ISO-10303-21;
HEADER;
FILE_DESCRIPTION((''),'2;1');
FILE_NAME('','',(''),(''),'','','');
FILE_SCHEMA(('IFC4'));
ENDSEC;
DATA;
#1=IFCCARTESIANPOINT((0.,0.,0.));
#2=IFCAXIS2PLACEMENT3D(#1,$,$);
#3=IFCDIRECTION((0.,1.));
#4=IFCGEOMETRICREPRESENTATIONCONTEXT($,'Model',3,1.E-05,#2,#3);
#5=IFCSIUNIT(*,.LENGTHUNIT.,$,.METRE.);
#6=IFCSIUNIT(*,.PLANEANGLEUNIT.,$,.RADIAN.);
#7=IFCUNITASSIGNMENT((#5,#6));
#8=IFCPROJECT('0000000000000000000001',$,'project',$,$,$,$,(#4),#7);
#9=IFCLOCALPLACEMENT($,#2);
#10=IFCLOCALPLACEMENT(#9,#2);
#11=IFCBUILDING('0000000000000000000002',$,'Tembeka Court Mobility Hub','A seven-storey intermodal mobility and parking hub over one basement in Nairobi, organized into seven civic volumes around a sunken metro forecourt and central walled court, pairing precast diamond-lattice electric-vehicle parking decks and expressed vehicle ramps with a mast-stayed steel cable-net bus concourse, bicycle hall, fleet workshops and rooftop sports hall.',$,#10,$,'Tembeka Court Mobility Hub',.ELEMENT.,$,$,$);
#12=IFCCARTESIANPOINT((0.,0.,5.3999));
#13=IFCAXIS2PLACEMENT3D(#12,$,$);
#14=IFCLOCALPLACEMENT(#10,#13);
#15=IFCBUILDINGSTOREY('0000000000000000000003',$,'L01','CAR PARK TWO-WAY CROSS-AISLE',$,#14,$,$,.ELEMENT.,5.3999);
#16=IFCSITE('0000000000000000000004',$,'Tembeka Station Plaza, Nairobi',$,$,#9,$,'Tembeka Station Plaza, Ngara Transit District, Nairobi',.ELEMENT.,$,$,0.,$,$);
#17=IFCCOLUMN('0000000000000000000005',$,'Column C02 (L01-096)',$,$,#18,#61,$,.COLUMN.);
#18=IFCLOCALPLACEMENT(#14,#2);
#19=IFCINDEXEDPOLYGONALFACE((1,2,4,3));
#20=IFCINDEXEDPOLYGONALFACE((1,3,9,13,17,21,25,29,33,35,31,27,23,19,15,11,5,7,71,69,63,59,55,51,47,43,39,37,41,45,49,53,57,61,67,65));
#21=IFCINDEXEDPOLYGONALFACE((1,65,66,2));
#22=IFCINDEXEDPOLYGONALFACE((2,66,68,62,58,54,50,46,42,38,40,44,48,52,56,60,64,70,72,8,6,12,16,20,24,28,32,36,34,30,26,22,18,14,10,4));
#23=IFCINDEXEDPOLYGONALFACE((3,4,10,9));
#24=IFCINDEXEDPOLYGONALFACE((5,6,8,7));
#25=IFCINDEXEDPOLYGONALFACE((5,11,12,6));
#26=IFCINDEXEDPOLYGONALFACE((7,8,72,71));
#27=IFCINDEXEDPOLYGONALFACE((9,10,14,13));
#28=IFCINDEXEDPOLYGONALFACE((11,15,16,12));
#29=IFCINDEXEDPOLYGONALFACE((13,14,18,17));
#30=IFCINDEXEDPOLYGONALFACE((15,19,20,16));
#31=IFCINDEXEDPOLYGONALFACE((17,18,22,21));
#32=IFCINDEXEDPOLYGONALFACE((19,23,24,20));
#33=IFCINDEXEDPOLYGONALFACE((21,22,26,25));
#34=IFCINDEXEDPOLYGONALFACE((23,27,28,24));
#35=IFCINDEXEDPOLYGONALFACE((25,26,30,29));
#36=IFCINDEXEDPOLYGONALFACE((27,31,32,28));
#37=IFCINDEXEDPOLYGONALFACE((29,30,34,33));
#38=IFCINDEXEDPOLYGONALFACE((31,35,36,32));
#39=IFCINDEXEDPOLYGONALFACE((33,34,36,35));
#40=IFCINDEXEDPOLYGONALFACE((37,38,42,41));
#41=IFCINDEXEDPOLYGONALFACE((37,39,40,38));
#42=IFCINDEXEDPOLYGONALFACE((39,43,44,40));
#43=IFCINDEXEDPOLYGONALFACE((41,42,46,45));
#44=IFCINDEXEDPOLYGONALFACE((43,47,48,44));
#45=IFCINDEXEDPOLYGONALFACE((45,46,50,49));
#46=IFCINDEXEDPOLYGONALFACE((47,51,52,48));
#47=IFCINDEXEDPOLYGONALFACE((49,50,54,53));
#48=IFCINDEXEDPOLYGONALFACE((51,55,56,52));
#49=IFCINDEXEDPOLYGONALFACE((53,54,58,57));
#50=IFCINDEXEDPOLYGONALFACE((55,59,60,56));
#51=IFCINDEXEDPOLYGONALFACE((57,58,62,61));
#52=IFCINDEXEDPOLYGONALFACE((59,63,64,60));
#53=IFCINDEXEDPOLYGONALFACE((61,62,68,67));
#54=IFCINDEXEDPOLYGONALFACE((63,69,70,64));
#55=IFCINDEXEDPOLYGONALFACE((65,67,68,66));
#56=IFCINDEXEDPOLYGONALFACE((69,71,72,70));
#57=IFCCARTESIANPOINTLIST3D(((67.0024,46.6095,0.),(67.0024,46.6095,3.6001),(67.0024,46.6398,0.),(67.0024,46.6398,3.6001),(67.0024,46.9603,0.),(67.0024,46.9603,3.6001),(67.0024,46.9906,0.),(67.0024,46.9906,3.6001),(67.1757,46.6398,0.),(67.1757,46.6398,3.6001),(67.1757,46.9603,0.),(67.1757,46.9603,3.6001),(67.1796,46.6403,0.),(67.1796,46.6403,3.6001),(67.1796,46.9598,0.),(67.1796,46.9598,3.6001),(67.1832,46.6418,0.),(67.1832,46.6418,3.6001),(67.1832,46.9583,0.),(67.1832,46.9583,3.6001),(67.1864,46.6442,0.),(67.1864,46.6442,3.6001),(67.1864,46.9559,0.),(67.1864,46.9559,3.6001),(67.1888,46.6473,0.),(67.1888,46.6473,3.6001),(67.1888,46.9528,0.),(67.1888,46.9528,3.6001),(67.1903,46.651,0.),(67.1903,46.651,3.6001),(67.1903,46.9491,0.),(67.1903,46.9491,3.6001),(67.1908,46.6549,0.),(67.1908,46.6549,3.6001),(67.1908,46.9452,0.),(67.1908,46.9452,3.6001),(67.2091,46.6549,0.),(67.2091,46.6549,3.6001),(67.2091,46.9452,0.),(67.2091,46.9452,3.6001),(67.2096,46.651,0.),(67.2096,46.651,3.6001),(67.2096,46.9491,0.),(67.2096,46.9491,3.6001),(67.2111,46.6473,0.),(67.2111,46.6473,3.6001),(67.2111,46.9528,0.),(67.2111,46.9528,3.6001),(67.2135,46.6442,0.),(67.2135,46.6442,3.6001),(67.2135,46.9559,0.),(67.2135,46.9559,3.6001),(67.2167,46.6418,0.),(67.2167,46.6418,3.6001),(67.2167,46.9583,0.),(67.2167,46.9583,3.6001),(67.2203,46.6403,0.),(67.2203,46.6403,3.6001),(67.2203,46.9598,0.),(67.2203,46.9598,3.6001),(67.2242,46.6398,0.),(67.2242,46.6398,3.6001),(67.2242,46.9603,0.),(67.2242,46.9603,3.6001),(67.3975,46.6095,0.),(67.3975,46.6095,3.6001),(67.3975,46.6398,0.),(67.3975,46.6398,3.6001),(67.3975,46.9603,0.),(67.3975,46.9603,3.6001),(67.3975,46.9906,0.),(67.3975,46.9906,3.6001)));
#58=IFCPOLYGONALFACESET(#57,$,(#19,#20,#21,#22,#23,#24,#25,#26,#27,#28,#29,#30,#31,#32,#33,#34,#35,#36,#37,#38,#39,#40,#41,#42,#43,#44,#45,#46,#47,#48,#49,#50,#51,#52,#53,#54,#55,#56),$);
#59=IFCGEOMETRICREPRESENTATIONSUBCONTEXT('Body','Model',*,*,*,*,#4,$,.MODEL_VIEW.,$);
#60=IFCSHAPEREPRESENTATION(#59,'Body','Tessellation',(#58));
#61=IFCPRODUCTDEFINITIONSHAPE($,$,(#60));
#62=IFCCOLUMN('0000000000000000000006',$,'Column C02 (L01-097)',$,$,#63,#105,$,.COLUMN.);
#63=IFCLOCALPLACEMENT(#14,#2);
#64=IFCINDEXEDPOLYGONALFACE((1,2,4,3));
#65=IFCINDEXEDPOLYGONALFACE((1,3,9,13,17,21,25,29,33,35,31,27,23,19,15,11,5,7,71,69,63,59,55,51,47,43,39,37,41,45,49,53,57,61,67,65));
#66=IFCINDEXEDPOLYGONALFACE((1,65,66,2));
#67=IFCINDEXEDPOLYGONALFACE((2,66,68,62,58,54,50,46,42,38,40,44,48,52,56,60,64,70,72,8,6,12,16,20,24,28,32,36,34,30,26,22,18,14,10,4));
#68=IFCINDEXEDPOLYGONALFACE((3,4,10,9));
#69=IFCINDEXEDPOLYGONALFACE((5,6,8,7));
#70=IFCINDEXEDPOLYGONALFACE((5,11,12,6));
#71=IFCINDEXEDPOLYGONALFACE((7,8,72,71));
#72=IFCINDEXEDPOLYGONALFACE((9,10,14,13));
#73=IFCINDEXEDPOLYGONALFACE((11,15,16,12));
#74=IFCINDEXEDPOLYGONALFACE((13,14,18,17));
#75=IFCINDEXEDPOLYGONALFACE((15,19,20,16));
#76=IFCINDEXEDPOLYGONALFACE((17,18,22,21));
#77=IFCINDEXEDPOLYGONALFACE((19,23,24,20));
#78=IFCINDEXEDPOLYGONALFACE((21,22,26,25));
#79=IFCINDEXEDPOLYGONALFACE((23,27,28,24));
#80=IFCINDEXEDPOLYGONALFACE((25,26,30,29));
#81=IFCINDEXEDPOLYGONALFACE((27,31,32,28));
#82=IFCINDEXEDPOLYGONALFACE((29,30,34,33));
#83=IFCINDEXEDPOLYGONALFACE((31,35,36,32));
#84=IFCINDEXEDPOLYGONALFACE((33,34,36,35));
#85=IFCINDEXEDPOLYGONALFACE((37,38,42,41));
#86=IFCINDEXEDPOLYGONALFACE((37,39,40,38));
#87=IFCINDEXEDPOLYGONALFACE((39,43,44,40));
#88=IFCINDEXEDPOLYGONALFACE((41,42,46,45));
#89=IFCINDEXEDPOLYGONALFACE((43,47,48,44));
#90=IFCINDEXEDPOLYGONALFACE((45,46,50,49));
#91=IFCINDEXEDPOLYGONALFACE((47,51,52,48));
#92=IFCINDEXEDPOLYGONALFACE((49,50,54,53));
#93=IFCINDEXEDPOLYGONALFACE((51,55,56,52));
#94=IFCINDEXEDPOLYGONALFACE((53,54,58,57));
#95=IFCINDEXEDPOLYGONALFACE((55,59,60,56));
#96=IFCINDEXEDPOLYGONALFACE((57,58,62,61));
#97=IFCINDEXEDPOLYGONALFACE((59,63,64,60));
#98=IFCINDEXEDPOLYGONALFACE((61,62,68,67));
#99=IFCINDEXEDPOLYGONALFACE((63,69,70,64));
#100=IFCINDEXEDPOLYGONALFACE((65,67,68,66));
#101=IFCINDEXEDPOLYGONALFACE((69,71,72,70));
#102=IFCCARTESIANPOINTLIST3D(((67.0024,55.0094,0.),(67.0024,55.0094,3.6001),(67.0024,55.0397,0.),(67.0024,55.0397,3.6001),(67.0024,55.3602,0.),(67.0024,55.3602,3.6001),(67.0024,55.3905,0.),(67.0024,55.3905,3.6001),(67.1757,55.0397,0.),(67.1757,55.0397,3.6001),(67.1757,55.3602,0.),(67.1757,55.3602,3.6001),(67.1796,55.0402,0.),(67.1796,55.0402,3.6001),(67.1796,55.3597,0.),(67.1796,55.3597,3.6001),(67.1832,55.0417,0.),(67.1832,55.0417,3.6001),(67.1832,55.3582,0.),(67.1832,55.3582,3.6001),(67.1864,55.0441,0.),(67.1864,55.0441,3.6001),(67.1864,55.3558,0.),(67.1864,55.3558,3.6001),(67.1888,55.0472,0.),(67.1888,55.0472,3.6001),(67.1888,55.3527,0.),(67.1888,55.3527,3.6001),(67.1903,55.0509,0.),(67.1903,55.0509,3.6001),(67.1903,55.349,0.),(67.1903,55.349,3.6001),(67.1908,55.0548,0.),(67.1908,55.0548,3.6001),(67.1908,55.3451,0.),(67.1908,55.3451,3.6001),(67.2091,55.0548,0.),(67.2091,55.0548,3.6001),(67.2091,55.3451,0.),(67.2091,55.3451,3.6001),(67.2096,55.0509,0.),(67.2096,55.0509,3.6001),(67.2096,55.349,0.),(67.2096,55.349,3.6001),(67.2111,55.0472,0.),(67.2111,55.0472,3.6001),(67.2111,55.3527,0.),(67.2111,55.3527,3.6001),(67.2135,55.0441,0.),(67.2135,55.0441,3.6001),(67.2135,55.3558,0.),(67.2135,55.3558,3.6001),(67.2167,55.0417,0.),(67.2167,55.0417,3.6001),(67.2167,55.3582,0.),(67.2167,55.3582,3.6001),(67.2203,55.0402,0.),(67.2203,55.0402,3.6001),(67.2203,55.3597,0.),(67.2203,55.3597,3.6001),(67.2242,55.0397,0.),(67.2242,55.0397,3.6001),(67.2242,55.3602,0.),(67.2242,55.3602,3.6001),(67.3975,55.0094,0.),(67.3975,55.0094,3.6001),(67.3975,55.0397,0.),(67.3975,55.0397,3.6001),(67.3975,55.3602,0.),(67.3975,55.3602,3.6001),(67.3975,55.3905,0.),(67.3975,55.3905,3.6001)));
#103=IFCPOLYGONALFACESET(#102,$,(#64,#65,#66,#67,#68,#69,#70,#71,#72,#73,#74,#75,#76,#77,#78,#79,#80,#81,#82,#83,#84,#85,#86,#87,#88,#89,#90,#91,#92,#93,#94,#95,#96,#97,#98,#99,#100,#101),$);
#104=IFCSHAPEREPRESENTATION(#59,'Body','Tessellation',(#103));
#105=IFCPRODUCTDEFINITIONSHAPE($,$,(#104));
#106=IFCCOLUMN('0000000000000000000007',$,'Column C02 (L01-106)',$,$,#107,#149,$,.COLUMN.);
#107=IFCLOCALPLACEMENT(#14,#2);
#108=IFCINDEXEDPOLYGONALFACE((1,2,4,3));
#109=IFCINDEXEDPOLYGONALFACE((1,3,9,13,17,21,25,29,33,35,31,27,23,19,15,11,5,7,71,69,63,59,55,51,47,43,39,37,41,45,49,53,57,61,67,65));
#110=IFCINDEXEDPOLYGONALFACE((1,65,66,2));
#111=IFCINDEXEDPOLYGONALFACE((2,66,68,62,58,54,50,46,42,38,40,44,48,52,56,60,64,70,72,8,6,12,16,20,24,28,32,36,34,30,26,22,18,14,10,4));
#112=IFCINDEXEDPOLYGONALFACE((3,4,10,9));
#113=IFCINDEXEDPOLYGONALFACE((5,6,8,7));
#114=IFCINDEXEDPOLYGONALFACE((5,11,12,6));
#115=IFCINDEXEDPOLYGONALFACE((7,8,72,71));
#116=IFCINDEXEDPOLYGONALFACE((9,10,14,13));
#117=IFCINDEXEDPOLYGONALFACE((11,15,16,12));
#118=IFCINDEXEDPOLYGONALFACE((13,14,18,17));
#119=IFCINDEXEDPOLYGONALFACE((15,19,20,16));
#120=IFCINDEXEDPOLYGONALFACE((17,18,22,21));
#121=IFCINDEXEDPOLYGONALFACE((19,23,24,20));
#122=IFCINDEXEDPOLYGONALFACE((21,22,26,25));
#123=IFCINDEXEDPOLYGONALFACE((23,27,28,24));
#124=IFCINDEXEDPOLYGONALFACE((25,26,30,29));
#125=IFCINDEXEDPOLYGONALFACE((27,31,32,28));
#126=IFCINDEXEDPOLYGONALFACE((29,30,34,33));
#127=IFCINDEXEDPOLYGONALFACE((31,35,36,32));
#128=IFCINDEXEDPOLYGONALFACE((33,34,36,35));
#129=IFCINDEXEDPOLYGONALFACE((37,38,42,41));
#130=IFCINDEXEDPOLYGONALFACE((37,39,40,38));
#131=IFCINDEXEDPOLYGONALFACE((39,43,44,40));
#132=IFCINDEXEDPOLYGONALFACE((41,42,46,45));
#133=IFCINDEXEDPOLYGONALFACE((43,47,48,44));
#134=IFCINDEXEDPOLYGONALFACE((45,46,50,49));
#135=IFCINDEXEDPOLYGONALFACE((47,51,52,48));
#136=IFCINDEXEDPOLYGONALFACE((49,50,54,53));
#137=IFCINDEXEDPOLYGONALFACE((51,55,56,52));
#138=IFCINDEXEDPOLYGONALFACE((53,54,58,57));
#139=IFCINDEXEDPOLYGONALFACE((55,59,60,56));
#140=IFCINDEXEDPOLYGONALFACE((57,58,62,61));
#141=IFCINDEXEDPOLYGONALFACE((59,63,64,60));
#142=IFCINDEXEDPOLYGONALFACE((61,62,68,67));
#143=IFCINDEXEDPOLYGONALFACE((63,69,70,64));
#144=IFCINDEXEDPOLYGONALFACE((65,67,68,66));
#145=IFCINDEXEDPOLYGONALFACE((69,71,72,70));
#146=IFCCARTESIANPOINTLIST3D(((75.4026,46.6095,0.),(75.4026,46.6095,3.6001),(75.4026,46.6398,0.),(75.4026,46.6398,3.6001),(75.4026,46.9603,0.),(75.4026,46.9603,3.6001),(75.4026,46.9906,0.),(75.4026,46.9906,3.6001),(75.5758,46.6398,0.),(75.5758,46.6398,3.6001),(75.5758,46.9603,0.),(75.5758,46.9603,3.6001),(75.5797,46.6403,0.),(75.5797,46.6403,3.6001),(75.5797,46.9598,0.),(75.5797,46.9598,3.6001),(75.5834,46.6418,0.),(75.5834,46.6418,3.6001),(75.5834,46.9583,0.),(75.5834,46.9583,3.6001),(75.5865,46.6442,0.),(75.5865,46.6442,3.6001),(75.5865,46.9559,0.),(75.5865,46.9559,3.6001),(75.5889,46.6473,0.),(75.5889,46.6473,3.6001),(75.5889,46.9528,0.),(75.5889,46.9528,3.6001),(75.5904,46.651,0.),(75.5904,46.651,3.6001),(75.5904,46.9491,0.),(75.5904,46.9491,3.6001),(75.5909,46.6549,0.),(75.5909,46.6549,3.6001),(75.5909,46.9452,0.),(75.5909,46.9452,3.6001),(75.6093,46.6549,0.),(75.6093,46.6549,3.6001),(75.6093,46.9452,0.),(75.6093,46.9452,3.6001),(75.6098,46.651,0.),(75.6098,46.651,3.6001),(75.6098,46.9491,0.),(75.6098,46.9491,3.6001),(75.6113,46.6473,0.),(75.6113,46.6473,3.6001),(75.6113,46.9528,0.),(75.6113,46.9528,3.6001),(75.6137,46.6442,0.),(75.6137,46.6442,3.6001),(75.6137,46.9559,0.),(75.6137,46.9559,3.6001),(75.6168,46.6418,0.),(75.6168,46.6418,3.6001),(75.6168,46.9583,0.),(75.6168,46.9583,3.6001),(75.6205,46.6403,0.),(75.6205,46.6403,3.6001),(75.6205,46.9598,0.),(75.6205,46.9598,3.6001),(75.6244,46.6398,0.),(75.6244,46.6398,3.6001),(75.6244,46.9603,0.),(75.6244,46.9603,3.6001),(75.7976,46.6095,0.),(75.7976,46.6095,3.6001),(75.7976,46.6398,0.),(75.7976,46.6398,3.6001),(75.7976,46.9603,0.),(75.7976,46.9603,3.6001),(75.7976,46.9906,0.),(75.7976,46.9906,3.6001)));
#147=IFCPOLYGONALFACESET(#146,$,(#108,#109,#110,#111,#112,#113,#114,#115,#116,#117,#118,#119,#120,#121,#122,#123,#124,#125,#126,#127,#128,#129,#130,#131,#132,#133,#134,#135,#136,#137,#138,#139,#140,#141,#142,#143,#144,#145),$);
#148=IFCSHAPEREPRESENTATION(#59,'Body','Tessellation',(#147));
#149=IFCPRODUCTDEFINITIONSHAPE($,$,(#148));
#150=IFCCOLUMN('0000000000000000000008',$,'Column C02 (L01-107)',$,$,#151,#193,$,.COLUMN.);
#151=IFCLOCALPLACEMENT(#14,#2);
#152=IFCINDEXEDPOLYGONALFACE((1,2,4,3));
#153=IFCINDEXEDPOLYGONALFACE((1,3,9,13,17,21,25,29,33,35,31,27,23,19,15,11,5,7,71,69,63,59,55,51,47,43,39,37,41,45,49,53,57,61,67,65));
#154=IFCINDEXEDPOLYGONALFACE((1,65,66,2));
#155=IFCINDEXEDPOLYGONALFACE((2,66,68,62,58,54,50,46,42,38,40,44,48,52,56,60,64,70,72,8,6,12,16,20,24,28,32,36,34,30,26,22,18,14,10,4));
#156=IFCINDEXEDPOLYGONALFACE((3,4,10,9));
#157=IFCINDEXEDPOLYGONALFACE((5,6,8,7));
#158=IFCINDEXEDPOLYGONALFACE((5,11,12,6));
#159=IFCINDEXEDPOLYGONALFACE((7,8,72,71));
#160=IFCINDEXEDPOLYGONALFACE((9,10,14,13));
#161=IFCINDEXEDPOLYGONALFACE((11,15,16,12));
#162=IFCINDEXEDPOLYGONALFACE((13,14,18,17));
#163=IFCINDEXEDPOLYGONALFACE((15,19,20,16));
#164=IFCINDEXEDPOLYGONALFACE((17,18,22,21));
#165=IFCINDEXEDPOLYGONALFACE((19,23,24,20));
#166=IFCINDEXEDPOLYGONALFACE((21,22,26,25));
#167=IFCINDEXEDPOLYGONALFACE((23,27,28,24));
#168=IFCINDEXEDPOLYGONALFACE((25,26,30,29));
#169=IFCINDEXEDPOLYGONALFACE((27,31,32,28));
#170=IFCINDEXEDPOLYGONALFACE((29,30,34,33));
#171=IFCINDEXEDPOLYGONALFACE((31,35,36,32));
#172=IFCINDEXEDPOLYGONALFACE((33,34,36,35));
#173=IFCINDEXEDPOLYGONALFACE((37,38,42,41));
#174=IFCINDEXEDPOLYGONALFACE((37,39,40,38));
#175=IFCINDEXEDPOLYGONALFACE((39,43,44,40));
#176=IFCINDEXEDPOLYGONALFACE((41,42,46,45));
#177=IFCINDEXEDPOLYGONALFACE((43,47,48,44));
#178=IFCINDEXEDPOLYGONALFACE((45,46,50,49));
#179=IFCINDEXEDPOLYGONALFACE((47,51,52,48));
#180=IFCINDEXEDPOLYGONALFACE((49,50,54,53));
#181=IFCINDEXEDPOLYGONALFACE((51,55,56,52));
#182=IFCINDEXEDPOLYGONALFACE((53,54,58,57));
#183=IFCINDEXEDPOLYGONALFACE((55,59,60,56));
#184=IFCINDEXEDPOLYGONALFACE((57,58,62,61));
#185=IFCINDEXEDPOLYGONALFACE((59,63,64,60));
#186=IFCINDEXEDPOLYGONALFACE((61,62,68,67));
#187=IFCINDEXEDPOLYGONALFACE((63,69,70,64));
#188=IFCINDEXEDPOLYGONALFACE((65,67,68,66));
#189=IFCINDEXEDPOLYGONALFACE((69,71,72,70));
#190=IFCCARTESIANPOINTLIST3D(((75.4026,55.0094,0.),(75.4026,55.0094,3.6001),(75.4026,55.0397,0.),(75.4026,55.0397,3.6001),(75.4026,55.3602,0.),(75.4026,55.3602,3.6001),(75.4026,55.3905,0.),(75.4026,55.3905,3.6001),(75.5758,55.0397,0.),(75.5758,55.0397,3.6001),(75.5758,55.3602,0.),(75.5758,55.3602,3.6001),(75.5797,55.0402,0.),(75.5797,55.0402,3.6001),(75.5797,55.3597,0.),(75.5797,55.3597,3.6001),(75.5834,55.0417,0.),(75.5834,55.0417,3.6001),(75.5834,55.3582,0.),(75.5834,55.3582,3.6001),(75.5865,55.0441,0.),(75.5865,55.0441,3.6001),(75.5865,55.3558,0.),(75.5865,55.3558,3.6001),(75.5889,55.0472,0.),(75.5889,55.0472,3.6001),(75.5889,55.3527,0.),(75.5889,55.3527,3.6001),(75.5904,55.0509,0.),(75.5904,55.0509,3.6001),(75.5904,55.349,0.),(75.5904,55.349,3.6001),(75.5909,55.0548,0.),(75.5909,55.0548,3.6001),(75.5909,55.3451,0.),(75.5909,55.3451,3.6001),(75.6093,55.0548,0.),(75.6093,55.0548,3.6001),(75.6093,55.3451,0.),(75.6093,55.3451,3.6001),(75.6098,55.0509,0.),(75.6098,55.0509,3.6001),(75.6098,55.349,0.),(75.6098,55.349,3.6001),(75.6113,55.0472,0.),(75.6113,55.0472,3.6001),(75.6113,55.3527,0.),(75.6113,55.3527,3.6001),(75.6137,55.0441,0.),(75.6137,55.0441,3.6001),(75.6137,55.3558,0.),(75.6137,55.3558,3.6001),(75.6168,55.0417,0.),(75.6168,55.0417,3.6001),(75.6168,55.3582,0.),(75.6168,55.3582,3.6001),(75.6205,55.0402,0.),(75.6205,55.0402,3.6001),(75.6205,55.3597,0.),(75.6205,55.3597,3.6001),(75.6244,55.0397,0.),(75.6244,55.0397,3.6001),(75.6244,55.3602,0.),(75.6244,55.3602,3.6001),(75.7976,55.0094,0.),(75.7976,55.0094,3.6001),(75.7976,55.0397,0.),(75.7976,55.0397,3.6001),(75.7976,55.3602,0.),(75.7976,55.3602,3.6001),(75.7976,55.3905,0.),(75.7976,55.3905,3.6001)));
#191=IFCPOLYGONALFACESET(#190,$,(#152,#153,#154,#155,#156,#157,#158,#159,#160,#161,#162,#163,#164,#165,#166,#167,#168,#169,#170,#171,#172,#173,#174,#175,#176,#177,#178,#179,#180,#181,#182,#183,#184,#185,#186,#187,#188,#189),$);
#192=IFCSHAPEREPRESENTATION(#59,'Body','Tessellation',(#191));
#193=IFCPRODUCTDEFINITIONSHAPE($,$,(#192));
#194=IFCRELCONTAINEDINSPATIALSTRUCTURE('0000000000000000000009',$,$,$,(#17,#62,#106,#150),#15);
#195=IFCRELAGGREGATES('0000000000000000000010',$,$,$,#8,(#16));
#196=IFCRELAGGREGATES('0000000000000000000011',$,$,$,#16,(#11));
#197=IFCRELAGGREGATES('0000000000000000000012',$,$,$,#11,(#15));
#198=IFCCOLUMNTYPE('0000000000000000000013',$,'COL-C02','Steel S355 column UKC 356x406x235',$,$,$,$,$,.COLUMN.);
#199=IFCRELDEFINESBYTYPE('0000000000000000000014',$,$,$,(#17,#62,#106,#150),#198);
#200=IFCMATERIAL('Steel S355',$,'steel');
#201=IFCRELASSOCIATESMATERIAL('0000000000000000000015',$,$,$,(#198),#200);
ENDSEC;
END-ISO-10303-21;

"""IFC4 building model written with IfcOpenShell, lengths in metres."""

from ifc_helpers import new_model, si_unit, direction, frame, origin, origin_2d, place, context, subcontext, project, spatial, i_section, extrude, material, material_profile, profile_set, type_object, element, save


model = new_model("IFC4")

# Units and contexts
model_context = context("Model", 3, precision=1e-05, world=origin(), true_north=direction((0.0, 1.0)))
body_context = subcontext(model_context, "Body", "Model", "MODEL_VIEW")
ifc_project = project(units=[si_unit("LENGTHUNIT", "METRE"), si_unit("PLANEANGLEUNIT", "RADIAN")], contexts=[model_context])

# Site, building, storey
site_placement = place(None, origin())
site = spatial("IfcSite", under=ifc_project, at=site_placement, Name="Tembeka Station Plaza, Nairobi", LongName="Tembeka Station Plaza, Ngara Transit District, Nairobi", CompositionType="ELEMENT", RefElevation=0.0)
building_placement = place(site_placement, origin())
building = spatial("IfcBuilding", under=site, at=building_placement, Name="Tembeka Court Mobility Hub", Description="A seven-storey intermodal mobility and parking hub over one basement in Nairobi, organized into seven civic volumes around a sunken metro forecourt and central walled court, pairing precast diamond-lattice electric-vehicle parking decks and expressed vehicle ramps with a mast-stayed steel cable-net bus concourse, bicycle hall, fleet workshops and rooftop sports hall.", LongName="Tembeka Court Mobility Hub", CompositionType="ELEMENT")
storey_placement = place(building_placement, frame((0.0, 0.0, 5.3999)))
storey = spatial("IfcBuildingStorey", under=building, at=storey_placement, Name="L01", Description="CAR PARK TWO-WAY CROSS-AISLE", CompositionType="ELEMENT", Elevation=5.3999)

# Columns
ifc_material_1 = material(Name="Steel S355", Category="steel")
ifc_material_profile_1 = material_profile(ifc_material_1, i_section(OverallWidth=0.395, OverallDepth=0.3811, WebThickness=0.0183, FlangeThickness=0.0303, FilletRadius=0.0151, at=origin_2d()), Name="UKC 356x406x235")
ifc_profile_set_1 = profile_set([ifc_material_profile_1], Name="Steel S355")
column_type = type_object("IfcColumnType", Name="COL-C02", Description="Steel S355 column UKC 356x406x235", PredefinedType="COLUMN", material=ifc_profile_set_1)
for number, where, z_axis, x_axis, name in (
    (1, (67.2, 46.8, 0.0), (0.0, 0.0, 1.0), (1.0, 0.0, 0.0), "Column C02 (L01-096)"),
    (2, (67.2, 55.2, 0.0), (0.0, 0.0, 1.0), (1.0, 0.0, 0.0), "Column C02 (L01-097)"),
    (3, (75.6001, 46.8, 0.0), (0.0, 0.0, 1.0), (1.0, 0.0, 0.0), "Column C02 (L01-106)"),
    (4, (75.6001, 55.2, 0.0), (0.0, 0.0, 1.0), (1.0, 0.0, 0.0), "Column C02 (L01-107)"),
):
    element("IfcColumn", number, at=place(storey_placement, frame(where, z_axis=z_axis, x_axis=x_axis)), inside=storey, type_object=column_type, Name=name, PredefinedType="COLUMN", context=body_context, shape_type="SweptSolid", body=[
        extrude(i_section(OverallWidth=0.395, OverallDepth=0.3811, WebThickness=0.0183, FlangeThickness=0.0303, FilletRadius=0.0151, at=origin_2d()), origin(), (0.0, 0.0, 1.0), 3.6001),
    ])

save(model, "model.ifc")
